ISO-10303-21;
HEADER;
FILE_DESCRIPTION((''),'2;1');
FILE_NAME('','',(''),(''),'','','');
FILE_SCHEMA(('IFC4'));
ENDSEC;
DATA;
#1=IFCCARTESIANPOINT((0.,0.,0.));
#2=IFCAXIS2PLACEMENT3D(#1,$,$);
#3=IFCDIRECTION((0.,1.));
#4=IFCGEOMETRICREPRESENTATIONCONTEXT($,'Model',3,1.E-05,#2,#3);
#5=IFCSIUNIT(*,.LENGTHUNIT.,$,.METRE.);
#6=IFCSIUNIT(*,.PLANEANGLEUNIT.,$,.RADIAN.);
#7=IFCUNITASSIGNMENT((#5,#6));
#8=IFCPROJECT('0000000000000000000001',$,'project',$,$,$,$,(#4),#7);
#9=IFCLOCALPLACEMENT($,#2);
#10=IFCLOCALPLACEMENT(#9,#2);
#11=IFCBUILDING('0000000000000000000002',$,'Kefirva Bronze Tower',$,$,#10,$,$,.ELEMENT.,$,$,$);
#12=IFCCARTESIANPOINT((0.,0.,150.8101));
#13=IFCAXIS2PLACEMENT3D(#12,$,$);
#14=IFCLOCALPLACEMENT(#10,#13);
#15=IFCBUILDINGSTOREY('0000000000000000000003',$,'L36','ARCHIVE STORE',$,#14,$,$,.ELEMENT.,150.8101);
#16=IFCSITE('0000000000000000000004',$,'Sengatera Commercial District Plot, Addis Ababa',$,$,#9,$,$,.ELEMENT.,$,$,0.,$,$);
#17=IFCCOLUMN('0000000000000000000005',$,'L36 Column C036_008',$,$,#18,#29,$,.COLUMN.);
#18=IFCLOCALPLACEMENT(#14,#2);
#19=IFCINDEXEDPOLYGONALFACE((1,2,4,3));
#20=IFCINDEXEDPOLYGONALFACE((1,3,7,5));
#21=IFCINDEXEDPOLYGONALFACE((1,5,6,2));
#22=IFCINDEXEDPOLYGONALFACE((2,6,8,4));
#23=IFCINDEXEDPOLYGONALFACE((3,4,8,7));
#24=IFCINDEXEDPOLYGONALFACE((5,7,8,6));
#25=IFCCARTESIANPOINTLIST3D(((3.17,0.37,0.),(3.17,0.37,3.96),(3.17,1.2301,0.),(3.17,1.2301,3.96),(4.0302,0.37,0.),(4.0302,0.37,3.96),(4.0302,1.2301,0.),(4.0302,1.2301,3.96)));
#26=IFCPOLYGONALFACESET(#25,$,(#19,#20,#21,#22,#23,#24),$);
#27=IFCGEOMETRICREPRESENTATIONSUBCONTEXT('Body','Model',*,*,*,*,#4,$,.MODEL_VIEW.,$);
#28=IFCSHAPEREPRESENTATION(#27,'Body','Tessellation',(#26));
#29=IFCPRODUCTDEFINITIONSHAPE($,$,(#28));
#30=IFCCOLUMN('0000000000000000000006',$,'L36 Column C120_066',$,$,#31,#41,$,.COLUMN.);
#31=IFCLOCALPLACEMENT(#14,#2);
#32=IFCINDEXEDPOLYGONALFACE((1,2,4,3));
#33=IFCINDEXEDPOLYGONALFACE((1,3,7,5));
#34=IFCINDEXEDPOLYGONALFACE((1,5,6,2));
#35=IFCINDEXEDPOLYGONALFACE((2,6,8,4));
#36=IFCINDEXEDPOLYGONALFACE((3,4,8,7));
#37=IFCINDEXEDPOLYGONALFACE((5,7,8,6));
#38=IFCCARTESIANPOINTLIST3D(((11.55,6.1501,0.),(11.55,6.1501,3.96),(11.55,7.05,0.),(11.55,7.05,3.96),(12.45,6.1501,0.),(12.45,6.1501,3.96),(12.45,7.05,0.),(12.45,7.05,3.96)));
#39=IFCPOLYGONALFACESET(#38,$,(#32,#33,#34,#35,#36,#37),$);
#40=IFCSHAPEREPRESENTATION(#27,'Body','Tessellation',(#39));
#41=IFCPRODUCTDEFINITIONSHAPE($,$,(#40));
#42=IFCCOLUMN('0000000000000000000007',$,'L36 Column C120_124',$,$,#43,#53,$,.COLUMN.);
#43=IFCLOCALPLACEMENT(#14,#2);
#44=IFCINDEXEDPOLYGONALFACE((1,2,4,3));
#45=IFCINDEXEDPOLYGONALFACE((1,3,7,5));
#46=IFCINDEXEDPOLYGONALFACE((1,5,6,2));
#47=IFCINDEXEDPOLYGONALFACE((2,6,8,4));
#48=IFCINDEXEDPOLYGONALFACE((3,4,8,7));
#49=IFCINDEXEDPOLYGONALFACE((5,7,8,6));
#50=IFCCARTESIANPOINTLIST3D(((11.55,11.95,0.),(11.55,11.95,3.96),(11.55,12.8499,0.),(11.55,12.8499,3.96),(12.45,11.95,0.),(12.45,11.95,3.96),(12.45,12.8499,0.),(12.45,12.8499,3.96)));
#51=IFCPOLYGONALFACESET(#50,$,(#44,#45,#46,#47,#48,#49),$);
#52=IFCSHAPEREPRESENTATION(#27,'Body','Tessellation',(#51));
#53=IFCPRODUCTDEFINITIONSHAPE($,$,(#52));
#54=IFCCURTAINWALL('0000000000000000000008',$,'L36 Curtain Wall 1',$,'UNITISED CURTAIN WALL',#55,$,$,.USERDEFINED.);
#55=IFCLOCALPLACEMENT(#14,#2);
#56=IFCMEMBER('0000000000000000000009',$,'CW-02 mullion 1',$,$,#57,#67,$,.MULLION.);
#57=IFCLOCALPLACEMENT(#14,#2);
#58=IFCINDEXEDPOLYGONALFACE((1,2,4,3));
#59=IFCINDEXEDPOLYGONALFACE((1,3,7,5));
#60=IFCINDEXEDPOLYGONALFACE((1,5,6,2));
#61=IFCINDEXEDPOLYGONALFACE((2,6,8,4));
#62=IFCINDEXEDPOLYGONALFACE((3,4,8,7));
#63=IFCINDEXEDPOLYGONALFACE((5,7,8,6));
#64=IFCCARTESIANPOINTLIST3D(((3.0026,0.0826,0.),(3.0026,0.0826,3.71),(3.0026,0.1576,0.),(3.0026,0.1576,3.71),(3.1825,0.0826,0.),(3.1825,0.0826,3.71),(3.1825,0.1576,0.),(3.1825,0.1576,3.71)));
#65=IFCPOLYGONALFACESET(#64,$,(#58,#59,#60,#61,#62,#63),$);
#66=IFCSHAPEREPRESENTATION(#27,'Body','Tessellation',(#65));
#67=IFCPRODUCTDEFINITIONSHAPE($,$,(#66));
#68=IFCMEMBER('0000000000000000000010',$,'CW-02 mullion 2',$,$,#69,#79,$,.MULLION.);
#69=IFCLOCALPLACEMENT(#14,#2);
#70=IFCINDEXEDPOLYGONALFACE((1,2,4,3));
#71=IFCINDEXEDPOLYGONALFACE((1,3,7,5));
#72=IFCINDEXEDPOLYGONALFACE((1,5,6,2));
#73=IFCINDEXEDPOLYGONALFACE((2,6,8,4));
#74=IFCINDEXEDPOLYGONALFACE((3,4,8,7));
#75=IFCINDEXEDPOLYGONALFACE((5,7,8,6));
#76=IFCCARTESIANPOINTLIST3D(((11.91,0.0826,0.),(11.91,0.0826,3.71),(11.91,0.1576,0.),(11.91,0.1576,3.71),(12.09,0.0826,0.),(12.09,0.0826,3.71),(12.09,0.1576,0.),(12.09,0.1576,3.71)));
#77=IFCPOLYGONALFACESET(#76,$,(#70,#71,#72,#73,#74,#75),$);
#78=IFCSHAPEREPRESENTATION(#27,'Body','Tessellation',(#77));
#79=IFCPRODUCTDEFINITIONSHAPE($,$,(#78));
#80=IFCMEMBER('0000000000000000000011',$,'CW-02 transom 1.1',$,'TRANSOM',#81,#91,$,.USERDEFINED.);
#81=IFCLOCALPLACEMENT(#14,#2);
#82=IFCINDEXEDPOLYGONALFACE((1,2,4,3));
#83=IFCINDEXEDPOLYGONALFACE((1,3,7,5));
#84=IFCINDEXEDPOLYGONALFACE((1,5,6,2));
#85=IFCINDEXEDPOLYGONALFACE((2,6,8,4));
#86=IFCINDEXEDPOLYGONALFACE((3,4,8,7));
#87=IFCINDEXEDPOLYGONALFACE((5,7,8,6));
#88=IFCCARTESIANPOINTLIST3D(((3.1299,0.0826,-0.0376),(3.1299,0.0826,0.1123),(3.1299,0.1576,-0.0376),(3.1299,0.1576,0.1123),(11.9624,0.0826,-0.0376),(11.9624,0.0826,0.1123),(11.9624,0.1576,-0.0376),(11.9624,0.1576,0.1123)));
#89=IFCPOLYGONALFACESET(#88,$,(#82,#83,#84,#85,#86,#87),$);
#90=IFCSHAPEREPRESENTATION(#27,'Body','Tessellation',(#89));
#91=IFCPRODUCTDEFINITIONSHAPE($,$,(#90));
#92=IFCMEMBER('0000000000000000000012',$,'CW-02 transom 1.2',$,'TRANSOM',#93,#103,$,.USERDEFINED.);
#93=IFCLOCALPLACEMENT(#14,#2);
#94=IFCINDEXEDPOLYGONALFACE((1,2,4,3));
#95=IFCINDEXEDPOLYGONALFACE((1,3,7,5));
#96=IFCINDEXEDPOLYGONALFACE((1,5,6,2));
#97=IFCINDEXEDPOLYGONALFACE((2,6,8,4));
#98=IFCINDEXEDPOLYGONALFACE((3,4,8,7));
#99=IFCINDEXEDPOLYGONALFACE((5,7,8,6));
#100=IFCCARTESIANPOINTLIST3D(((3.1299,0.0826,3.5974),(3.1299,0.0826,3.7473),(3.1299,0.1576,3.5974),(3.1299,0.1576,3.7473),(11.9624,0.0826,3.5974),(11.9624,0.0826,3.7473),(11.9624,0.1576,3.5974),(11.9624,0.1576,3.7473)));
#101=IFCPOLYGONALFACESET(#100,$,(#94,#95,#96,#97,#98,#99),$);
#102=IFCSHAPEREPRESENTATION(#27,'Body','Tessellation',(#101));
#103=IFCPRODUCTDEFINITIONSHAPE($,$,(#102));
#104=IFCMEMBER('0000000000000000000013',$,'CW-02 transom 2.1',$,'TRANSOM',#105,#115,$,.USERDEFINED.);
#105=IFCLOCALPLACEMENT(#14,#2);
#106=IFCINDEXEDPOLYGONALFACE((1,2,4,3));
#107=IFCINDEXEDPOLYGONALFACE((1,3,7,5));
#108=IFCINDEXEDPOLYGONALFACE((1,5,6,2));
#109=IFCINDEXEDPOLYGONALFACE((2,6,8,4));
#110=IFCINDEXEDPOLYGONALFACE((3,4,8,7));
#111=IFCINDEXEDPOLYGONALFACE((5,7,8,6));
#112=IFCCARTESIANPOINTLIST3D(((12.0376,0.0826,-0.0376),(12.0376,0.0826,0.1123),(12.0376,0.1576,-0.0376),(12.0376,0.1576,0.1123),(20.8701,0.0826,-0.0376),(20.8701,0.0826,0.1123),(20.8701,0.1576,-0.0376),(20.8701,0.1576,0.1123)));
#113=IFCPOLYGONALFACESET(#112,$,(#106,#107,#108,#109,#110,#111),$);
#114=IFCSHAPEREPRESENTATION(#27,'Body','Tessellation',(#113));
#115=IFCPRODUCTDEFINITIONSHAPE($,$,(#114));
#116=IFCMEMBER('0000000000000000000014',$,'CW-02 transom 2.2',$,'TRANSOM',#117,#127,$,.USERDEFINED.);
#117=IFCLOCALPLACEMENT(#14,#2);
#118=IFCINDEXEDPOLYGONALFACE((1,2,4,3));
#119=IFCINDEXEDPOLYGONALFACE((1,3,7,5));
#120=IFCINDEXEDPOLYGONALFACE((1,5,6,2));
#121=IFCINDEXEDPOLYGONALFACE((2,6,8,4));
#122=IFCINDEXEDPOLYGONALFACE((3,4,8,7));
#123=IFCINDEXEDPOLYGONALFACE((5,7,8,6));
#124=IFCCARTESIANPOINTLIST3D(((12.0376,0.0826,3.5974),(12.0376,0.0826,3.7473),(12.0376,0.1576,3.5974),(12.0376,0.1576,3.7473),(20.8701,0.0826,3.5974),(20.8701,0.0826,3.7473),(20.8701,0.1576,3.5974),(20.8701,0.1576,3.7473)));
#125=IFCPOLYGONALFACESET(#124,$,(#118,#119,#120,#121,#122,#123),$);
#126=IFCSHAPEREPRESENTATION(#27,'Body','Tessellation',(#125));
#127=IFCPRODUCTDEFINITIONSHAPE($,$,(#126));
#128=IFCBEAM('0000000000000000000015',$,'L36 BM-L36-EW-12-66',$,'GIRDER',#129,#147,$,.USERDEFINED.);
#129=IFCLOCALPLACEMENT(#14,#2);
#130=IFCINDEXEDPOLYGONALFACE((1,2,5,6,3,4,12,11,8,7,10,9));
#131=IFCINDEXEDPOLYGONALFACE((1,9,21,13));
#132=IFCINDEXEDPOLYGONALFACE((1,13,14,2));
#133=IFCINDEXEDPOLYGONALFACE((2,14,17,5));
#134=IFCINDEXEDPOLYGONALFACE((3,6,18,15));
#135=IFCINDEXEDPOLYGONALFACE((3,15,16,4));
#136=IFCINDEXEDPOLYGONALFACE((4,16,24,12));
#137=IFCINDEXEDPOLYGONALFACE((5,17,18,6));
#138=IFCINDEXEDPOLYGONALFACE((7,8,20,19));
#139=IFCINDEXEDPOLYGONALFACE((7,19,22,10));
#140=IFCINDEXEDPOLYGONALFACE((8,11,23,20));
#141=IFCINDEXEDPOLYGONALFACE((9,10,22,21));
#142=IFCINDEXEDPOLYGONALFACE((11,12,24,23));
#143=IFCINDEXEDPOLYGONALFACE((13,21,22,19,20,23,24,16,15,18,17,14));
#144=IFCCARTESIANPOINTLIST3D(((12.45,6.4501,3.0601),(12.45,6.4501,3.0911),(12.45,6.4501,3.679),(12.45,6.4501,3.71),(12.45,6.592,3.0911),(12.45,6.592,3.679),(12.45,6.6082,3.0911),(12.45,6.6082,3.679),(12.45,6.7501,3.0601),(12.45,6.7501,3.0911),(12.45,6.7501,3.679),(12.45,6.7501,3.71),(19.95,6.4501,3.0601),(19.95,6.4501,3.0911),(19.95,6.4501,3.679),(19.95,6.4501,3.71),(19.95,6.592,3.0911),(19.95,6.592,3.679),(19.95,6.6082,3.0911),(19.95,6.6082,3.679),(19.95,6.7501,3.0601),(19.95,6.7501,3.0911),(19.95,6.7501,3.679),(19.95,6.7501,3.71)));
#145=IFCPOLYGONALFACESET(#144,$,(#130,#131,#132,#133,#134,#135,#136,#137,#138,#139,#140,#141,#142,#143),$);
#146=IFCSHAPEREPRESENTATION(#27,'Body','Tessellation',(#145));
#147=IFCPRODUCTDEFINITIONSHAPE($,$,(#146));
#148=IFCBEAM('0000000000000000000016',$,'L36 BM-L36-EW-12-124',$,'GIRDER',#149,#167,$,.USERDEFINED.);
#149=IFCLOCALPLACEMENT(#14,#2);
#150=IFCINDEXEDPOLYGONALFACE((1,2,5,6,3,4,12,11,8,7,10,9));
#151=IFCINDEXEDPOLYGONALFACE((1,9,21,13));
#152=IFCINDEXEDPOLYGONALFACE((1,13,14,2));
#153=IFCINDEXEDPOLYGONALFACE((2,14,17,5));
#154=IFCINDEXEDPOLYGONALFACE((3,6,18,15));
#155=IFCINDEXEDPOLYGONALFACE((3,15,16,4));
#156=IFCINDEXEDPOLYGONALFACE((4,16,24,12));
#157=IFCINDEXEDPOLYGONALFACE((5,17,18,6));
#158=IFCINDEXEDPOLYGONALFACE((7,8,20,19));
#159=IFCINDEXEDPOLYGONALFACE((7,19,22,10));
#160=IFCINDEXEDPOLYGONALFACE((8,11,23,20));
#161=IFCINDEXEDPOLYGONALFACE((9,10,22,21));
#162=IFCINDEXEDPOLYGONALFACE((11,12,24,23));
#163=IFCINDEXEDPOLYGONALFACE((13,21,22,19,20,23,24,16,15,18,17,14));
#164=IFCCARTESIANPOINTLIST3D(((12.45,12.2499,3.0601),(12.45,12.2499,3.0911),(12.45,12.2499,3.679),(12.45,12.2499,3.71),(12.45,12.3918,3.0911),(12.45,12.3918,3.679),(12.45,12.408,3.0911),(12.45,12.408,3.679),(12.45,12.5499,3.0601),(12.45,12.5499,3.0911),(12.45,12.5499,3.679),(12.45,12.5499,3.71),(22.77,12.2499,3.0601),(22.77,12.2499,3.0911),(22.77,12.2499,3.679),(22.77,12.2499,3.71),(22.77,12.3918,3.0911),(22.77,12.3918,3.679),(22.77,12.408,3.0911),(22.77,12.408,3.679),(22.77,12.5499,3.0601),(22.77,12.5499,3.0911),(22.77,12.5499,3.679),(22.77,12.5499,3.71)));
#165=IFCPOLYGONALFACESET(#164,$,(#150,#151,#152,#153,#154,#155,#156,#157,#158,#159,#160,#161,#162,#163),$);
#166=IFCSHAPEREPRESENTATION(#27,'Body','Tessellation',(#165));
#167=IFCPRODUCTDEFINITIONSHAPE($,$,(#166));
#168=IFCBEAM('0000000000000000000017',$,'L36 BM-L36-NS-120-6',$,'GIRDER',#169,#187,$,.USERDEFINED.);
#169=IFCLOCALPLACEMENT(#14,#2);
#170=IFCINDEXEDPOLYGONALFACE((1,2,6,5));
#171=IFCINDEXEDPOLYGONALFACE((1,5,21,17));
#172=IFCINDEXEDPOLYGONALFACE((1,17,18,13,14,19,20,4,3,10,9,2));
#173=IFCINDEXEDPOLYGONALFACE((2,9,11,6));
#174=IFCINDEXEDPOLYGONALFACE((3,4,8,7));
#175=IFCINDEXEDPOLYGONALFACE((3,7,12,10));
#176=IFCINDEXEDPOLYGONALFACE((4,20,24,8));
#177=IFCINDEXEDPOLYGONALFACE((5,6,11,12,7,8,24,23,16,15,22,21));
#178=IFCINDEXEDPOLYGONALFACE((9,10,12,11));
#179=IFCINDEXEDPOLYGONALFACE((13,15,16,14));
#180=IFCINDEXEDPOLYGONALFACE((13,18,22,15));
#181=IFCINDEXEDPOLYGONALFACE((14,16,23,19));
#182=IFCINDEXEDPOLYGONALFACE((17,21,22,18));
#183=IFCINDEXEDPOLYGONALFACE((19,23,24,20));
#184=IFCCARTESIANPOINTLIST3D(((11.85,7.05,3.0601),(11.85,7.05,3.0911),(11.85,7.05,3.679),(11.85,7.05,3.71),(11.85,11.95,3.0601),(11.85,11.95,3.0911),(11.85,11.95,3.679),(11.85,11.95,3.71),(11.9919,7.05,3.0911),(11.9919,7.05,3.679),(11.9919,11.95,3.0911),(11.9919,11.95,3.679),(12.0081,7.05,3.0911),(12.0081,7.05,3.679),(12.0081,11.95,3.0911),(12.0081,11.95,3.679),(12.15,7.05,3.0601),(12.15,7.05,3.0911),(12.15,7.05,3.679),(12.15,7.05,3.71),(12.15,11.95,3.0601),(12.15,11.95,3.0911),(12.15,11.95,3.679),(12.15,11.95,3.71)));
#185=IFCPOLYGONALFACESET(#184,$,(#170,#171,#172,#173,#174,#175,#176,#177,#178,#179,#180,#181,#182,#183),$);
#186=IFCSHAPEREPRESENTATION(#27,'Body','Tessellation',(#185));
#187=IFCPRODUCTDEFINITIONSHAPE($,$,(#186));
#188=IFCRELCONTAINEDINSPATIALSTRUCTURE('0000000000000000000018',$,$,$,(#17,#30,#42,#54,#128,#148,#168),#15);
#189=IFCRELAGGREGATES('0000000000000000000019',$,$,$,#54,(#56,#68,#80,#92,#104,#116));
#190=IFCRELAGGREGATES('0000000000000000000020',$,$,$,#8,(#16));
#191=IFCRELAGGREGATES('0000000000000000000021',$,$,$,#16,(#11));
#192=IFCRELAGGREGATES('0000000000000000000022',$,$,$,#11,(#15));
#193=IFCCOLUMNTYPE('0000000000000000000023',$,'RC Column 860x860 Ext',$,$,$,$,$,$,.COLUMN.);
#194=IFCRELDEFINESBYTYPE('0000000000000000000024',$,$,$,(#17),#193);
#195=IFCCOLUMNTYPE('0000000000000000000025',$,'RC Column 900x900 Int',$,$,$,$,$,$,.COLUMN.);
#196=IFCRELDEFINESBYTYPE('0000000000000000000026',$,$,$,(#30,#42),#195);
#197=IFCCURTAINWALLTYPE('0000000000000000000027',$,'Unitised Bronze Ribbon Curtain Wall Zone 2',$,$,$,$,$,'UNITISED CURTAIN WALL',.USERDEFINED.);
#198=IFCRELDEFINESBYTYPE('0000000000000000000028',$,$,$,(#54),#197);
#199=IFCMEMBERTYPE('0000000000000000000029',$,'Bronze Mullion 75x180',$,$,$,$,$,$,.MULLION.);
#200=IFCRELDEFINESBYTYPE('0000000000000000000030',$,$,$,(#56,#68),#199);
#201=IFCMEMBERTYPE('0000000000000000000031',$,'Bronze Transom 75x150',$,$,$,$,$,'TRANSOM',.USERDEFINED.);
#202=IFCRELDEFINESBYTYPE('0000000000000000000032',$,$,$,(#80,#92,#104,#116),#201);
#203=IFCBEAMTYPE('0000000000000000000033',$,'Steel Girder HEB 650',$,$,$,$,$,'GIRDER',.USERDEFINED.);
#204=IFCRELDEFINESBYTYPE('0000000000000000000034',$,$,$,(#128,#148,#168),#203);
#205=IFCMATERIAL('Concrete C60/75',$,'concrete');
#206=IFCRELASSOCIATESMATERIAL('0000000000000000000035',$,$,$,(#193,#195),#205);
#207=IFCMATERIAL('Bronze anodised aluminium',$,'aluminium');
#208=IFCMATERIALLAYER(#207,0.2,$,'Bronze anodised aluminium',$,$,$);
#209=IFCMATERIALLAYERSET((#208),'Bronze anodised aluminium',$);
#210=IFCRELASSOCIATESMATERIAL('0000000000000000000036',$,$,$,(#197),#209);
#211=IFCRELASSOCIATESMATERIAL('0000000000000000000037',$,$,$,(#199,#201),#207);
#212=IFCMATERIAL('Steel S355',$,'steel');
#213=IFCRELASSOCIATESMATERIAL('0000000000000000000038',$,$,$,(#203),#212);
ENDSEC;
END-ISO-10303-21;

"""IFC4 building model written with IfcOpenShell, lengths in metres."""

from ifc_helpers import new_model, si_unit, direction, frame, origin, origin_2d, place, context, subcontext, project, spatial, rectangle, i_section, extrude, material, layer, layer_set, material_profile, profile_set, type_object, element, aggregate, save


model = new_model("IFC4")

# Units and contexts
model_context = context("Model", 3, precision=1e-05, world=origin(), true_north=direction((0.0, 1.0)))
body_context = subcontext(model_context, "Body", "Model", "MODEL_VIEW")
ifc_project = project(units=[si_unit("LENGTHUNIT", "METRE"), si_unit("PLANEANGLEUNIT", "RADIAN")], contexts=[model_context])

# Site, building, storey
site_placement = place(None, origin())
site = spatial("IfcSite", under=ifc_project, at=site_placement, Name="Sengatera Commercial District Plot, Addis Ababa", CompositionType="ELEMENT", RefElevation=0.0)
building_placement = place(site_placement, origin())
building = spatial("IfcBuilding", under=site, at=building_placement, Name="Kefirva Bronze Tower", CompositionType="ELEMENT")
storey_placement = place(building_placement, frame((0.0, 0.0, 150.8101)))
storey = spatial("IfcBuildingStorey", under=building, at=storey_placement, Name="L36", Description="ARCHIVE STORE", CompositionType="ELEMENT", Elevation=150.8101)

# Columns
ifc_material_1 = material(Name="Concrete C60/75", Category="concrete")
ifc_material_profile_1 = material_profile(ifc_material_1, rectangle(XDim=0.8601, YDim=0.8601, at=origin_2d()), Name="RC 860x860")
ifc_profile_set_1 = profile_set([ifc_material_profile_1], Name="Concrete C60/75")
column_type_1 = type_object("IfcColumnType", Name="RC Column 860x860 Ext", PredefinedType="COLUMN", material=ifc_profile_set_1)
column_placement = place(storey_placement, frame((3.6001, 0.8, 0.0), z_axis=(0.0, 0.0, 1.0), x_axis=(1.0, 0.0, 0.0)))
element("IfcColumn", 1, at=column_placement, inside=storey, type_object=column_type_1, Name="L36 Column C036_008", PredefinedType="COLUMN", context=body_context, shape_type="SweptSolid", body=[
    extrude(rectangle(XDim=0.8601, YDim=0.8601, at=origin_2d()), origin(), (0.0, 0.0, 1.0), 3.96),
])
ifc_material_profile_2 = material_profile(ifc_material_1, rectangle(XDim=0.8999, YDim=0.8999, at=origin_2d()), Name="RC 900x900")
ifc_profile_set_2 = profile_set([ifc_material_profile_2], Name="Concrete C60/75")
column_type_2 = type_object("IfcColumnType", Name="RC Column 900x900 Int", PredefinedType="COLUMN", material=ifc_profile_set_2)
for number, where, z_axis, x_axis, name in (
    (2, (12.0, 6.6001, 0.0), (0.0, 0.0, 1.0), (1.0, 0.0, 0.0), "L36 Column C120_066"),
    (3, (12.0, 12.3999, 0.0), (0.0, 0.0, 1.0), (1.0, 0.0, 0.0), "L36 Column C120_124"),
):
    element("IfcColumn", number, at=place(storey_placement, frame(where, z_axis=z_axis, x_axis=x_axis)), inside=storey, type_object=column_type_2, Name=name, PredefinedType="COLUMN", context=body_context, shape_type="SweptSolid", body=[
        extrude(rectangle(XDim=0.8999, YDim=0.8999, at=origin_2d()), origin(), (0.0, 0.0, 1.0), 3.96),
    ])

# Curtain wall, members
ifc_material_2 = material(Name="Bronze anodised aluminium", Category="aluminium")
ifc_layer_1 = layer(ifc_material_2, 0.2, Name="Bronze anodised aluminium")
ifc_layer_set_1 = layer_set([ifc_layer_1], Name="Bronze anodised aluminium")
curtain_wall_type = type_object("IfcCurtainWallType", Name="Unitised Bronze Ribbon Curtain Wall Zone 2", ElementType="UNITISED CURTAIN WALL", PredefinedType="USERDEFINED", material=ifc_layer_set_1)
curtain_wall_placement = place(storey_placement, origin())
curtain_wall = element("IfcCurtainWall", 4, at=curtain_wall_placement, inside=storey, type_object=curtain_wall_type, Name="L36 Curtain Wall 1", ObjectType="UNITISED CURTAIN WALL", PredefinedType="USERDEFINED")
ifc_material_profile_3 = material_profile(ifc_material_2, rectangle(XDim=0.075, YDim=0.1799, at=origin_2d()), Name="ALU 75x180")
ifc_profile_set_3 = profile_set([ifc_material_profile_3], Name="Bronze anodised aluminium")
member_type_1 = type_object("IfcMemberType", Name="Bronze Mullion 75x180", PredefinedType="MULLION", material=ifc_profile_set_3)
member_1_placement = place(storey_placement, frame((3.0925, 0.1201, 0.0), z_axis=(0.0, 0.0, 1.0), x_axis=(0.0, 1.0, 0.0)))
member_1 = element("IfcMember", 5, at=member_1_placement, type_object=member_type_1, Name="CW-02 mullion 1", PredefinedType="MULLION", context=body_context, shape_type="SweptSolid", body=[
    extrude(rectangle(XDim=0.075, YDim=0.1799, at=origin_2d()), origin(), (0.0, 0.0, 1.0), 3.71),
])
member_2_placement = place(storey_placement, frame((12.0, 0.1201, 0.0), z_axis=(0.0, 0.0, 1.0), x_axis=(0.0, 1.0, 0.0)))
member_2 = element("IfcMember", 6, at=member_2_placement, type_object=member_type_1, Name="CW-02 mullion 2", PredefinedType="MULLION", context=body_context, shape_type="SweptSolid", body=[
    extrude(rectangle(XDim=0.075, YDim=0.1799, at=origin_2d()), origin(), (0.0, 0.0, 1.0), 3.71),
])
ifc_material_profile_4 = material_profile(ifc_material_2, rectangle(XDim=0.075, YDim=0.1499, at=origin_2d()), Name="ALU 75x150")
ifc_profile_set_4 = profile_set([ifc_material_profile_4], Name="Bronze anodised aluminium")
member_type_2 = type_object("IfcMemberType", Name="Bronze Transom 75x150", ElementType="TRANSOM", PredefinedType="USERDEFINED", material=ifc_profile_set_4)
member_3_placement = place(storey_placement, frame((3.1299, 0.1201, 0.0374), z_axis=(1.0, 0.0, 0.0), x_axis=(0.0, 1.0, 0.0)))
member_3 = element("IfcMember", 7, at=member_3_placement, type_object=member_type_2, Name="CW-02 transom 1.1", ObjectType="TRANSOM", PredefinedType="USERDEFINED", context=body_context, shape_type="SweptSolid", body=[
    extrude(rectangle(XDim=0.075, YDim=0.1499, at=origin_2d()), origin(), (0.0, 0.0, 1.0), 8.8325),
])
member_4_placement = place(storey_placement, frame((3.1299, 0.1201, 3.6724), z_axis=(1.0, 0.0, 0.0), x_axis=(0.0, 1.0, 0.0)))
member_4 = element("IfcMember", 8, at=member_4_placement, type_object=member_type_2, Name="CW-02 transom 1.2", ObjectType="TRANSOM", PredefinedType="USERDEFINED", context=body_context, shape_type="SweptSolid", body=[
    extrude(rectangle(XDim=0.075, YDim=0.1499, at=origin_2d()), origin(), (0.0, 0.0, 1.0), 8.8325),
])
member_5_placement = place(storey_placement, frame((12.0376, 0.1201, 0.0374), z_axis=(1.0, 0.0, 0.0), x_axis=(0.0, 1.0, 0.0)))
member_5 = element("IfcMember", 9, at=member_5_placement, type_object=member_type_2, Name="CW-02 transom 2.1", ObjectType="TRANSOM", PredefinedType="USERDEFINED", context=body_context, shape_type="SweptSolid", body=[
    extrude(rectangle(XDim=0.075, YDim=0.1499, at=origin_2d()), origin(), (0.0, 0.0, 1.0), 8.8325),
])
member_6_placement = place(storey_placement, frame((12.0376, 0.1201, 3.6724), z_axis=(1.0, 0.0, 0.0), x_axis=(0.0, 1.0, 0.0)))
member_6 = element("IfcMember", 10, at=member_6_placement, type_object=member_type_2, Name="CW-02 transom 2.2", ObjectType="TRANSOM", PredefinedType="USERDEFINED", context=body_context, shape_type="SweptSolid", body=[
    extrude(rectangle(XDim=0.075, YDim=0.1499, at=origin_2d()), origin(), (0.0, 0.0, 1.0), 8.8325),
])

# Beams
ifc_material_3 = material(Name="Steel S355", Category="steel")
ifc_material_profile_5 = material_profile(ifc_material_3, i_section(OverallWidth=0.3, OverallDepth=0.6499, WebThickness=0.0161, FlangeThickness=0.031, at=origin_2d()), Name="HEB 650")
ifc_profile_set_5 = profile_set([ifc_material_profile_5], Name="Steel S355")
beam_type_1 = type_object("IfcBeamType", Name="Steel Girder HEB 650", ElementType="GIRDER", PredefinedType="USERDEFINED", material=ifc_profile_set_5)
beam_1_placement = place(storey_placement, frame((12.45, 6.6001, 3.385), z_axis=(1.0, 0.0, 0.0), x_axis=(0.0, 1.0, 0.0)))
element("IfcBeam", 11, at=beam_1_placement, inside=storey, type_object=beam_type_1, Name="L36 BM-L36-EW-12-66", ObjectType="GIRDER", PredefinedType="USERDEFINED", context=body_context, shape_type="SweptSolid", body=[
    extrude(i_section(OverallWidth=0.3, OverallDepth=0.6499, WebThickness=0.0161, FlangeThickness=0.031, at=origin_2d()), origin(), (0.0, 0.0, 1.0), 7.5),
])
beam_2_placement = place(storey_placement, frame((12.45, 12.3999, 3.385), z_axis=(1.0, 0.0, 0.0), x_axis=(0.0, 1.0, 0.0)))
element("IfcBeam", 12, at=beam_2_placement, inside=storey, type_object=beam_type_1, Name="L36 BM-L36-EW-12-124", ObjectType="GIRDER", PredefinedType="USERDEFINED", context=body_context, shape_type="SweptSolid", body=[
    extrude(i_section(OverallWidth=0.3, OverallDepth=0.6499, WebThickness=0.0161, FlangeThickness=0.031, at=origin_2d()), origin(), (0.0, 0.0, 1.0), 10.3201),
])
beam_3_placement = place(storey_placement, frame((12.0, 7.05, 3.385), z_axis=(0.0, 1.0, 0.0), x_axis=(-1.0, 0.0, 0.0)))
element("IfcBeam", 13, at=beam_3_placement, inside=storey, type_object=beam_type_1, Name="L36 BM-L36-NS-120-6", ObjectType="GIRDER", PredefinedType="USERDEFINED", context=body_context, shape_type="SweptSolid", body=[
    extrude(i_section(OverallWidth=0.3, OverallDepth=0.6499, WebThickness=0.0161, FlangeThickness=0.031, at=origin_2d()), origin(), (0.0, 0.0, 1.0), 4.8999),
])

aggregate(curtain_wall, [member_1, member_2, member_3, member_4, member_5, member_6])

save(model, "model.ifc")
